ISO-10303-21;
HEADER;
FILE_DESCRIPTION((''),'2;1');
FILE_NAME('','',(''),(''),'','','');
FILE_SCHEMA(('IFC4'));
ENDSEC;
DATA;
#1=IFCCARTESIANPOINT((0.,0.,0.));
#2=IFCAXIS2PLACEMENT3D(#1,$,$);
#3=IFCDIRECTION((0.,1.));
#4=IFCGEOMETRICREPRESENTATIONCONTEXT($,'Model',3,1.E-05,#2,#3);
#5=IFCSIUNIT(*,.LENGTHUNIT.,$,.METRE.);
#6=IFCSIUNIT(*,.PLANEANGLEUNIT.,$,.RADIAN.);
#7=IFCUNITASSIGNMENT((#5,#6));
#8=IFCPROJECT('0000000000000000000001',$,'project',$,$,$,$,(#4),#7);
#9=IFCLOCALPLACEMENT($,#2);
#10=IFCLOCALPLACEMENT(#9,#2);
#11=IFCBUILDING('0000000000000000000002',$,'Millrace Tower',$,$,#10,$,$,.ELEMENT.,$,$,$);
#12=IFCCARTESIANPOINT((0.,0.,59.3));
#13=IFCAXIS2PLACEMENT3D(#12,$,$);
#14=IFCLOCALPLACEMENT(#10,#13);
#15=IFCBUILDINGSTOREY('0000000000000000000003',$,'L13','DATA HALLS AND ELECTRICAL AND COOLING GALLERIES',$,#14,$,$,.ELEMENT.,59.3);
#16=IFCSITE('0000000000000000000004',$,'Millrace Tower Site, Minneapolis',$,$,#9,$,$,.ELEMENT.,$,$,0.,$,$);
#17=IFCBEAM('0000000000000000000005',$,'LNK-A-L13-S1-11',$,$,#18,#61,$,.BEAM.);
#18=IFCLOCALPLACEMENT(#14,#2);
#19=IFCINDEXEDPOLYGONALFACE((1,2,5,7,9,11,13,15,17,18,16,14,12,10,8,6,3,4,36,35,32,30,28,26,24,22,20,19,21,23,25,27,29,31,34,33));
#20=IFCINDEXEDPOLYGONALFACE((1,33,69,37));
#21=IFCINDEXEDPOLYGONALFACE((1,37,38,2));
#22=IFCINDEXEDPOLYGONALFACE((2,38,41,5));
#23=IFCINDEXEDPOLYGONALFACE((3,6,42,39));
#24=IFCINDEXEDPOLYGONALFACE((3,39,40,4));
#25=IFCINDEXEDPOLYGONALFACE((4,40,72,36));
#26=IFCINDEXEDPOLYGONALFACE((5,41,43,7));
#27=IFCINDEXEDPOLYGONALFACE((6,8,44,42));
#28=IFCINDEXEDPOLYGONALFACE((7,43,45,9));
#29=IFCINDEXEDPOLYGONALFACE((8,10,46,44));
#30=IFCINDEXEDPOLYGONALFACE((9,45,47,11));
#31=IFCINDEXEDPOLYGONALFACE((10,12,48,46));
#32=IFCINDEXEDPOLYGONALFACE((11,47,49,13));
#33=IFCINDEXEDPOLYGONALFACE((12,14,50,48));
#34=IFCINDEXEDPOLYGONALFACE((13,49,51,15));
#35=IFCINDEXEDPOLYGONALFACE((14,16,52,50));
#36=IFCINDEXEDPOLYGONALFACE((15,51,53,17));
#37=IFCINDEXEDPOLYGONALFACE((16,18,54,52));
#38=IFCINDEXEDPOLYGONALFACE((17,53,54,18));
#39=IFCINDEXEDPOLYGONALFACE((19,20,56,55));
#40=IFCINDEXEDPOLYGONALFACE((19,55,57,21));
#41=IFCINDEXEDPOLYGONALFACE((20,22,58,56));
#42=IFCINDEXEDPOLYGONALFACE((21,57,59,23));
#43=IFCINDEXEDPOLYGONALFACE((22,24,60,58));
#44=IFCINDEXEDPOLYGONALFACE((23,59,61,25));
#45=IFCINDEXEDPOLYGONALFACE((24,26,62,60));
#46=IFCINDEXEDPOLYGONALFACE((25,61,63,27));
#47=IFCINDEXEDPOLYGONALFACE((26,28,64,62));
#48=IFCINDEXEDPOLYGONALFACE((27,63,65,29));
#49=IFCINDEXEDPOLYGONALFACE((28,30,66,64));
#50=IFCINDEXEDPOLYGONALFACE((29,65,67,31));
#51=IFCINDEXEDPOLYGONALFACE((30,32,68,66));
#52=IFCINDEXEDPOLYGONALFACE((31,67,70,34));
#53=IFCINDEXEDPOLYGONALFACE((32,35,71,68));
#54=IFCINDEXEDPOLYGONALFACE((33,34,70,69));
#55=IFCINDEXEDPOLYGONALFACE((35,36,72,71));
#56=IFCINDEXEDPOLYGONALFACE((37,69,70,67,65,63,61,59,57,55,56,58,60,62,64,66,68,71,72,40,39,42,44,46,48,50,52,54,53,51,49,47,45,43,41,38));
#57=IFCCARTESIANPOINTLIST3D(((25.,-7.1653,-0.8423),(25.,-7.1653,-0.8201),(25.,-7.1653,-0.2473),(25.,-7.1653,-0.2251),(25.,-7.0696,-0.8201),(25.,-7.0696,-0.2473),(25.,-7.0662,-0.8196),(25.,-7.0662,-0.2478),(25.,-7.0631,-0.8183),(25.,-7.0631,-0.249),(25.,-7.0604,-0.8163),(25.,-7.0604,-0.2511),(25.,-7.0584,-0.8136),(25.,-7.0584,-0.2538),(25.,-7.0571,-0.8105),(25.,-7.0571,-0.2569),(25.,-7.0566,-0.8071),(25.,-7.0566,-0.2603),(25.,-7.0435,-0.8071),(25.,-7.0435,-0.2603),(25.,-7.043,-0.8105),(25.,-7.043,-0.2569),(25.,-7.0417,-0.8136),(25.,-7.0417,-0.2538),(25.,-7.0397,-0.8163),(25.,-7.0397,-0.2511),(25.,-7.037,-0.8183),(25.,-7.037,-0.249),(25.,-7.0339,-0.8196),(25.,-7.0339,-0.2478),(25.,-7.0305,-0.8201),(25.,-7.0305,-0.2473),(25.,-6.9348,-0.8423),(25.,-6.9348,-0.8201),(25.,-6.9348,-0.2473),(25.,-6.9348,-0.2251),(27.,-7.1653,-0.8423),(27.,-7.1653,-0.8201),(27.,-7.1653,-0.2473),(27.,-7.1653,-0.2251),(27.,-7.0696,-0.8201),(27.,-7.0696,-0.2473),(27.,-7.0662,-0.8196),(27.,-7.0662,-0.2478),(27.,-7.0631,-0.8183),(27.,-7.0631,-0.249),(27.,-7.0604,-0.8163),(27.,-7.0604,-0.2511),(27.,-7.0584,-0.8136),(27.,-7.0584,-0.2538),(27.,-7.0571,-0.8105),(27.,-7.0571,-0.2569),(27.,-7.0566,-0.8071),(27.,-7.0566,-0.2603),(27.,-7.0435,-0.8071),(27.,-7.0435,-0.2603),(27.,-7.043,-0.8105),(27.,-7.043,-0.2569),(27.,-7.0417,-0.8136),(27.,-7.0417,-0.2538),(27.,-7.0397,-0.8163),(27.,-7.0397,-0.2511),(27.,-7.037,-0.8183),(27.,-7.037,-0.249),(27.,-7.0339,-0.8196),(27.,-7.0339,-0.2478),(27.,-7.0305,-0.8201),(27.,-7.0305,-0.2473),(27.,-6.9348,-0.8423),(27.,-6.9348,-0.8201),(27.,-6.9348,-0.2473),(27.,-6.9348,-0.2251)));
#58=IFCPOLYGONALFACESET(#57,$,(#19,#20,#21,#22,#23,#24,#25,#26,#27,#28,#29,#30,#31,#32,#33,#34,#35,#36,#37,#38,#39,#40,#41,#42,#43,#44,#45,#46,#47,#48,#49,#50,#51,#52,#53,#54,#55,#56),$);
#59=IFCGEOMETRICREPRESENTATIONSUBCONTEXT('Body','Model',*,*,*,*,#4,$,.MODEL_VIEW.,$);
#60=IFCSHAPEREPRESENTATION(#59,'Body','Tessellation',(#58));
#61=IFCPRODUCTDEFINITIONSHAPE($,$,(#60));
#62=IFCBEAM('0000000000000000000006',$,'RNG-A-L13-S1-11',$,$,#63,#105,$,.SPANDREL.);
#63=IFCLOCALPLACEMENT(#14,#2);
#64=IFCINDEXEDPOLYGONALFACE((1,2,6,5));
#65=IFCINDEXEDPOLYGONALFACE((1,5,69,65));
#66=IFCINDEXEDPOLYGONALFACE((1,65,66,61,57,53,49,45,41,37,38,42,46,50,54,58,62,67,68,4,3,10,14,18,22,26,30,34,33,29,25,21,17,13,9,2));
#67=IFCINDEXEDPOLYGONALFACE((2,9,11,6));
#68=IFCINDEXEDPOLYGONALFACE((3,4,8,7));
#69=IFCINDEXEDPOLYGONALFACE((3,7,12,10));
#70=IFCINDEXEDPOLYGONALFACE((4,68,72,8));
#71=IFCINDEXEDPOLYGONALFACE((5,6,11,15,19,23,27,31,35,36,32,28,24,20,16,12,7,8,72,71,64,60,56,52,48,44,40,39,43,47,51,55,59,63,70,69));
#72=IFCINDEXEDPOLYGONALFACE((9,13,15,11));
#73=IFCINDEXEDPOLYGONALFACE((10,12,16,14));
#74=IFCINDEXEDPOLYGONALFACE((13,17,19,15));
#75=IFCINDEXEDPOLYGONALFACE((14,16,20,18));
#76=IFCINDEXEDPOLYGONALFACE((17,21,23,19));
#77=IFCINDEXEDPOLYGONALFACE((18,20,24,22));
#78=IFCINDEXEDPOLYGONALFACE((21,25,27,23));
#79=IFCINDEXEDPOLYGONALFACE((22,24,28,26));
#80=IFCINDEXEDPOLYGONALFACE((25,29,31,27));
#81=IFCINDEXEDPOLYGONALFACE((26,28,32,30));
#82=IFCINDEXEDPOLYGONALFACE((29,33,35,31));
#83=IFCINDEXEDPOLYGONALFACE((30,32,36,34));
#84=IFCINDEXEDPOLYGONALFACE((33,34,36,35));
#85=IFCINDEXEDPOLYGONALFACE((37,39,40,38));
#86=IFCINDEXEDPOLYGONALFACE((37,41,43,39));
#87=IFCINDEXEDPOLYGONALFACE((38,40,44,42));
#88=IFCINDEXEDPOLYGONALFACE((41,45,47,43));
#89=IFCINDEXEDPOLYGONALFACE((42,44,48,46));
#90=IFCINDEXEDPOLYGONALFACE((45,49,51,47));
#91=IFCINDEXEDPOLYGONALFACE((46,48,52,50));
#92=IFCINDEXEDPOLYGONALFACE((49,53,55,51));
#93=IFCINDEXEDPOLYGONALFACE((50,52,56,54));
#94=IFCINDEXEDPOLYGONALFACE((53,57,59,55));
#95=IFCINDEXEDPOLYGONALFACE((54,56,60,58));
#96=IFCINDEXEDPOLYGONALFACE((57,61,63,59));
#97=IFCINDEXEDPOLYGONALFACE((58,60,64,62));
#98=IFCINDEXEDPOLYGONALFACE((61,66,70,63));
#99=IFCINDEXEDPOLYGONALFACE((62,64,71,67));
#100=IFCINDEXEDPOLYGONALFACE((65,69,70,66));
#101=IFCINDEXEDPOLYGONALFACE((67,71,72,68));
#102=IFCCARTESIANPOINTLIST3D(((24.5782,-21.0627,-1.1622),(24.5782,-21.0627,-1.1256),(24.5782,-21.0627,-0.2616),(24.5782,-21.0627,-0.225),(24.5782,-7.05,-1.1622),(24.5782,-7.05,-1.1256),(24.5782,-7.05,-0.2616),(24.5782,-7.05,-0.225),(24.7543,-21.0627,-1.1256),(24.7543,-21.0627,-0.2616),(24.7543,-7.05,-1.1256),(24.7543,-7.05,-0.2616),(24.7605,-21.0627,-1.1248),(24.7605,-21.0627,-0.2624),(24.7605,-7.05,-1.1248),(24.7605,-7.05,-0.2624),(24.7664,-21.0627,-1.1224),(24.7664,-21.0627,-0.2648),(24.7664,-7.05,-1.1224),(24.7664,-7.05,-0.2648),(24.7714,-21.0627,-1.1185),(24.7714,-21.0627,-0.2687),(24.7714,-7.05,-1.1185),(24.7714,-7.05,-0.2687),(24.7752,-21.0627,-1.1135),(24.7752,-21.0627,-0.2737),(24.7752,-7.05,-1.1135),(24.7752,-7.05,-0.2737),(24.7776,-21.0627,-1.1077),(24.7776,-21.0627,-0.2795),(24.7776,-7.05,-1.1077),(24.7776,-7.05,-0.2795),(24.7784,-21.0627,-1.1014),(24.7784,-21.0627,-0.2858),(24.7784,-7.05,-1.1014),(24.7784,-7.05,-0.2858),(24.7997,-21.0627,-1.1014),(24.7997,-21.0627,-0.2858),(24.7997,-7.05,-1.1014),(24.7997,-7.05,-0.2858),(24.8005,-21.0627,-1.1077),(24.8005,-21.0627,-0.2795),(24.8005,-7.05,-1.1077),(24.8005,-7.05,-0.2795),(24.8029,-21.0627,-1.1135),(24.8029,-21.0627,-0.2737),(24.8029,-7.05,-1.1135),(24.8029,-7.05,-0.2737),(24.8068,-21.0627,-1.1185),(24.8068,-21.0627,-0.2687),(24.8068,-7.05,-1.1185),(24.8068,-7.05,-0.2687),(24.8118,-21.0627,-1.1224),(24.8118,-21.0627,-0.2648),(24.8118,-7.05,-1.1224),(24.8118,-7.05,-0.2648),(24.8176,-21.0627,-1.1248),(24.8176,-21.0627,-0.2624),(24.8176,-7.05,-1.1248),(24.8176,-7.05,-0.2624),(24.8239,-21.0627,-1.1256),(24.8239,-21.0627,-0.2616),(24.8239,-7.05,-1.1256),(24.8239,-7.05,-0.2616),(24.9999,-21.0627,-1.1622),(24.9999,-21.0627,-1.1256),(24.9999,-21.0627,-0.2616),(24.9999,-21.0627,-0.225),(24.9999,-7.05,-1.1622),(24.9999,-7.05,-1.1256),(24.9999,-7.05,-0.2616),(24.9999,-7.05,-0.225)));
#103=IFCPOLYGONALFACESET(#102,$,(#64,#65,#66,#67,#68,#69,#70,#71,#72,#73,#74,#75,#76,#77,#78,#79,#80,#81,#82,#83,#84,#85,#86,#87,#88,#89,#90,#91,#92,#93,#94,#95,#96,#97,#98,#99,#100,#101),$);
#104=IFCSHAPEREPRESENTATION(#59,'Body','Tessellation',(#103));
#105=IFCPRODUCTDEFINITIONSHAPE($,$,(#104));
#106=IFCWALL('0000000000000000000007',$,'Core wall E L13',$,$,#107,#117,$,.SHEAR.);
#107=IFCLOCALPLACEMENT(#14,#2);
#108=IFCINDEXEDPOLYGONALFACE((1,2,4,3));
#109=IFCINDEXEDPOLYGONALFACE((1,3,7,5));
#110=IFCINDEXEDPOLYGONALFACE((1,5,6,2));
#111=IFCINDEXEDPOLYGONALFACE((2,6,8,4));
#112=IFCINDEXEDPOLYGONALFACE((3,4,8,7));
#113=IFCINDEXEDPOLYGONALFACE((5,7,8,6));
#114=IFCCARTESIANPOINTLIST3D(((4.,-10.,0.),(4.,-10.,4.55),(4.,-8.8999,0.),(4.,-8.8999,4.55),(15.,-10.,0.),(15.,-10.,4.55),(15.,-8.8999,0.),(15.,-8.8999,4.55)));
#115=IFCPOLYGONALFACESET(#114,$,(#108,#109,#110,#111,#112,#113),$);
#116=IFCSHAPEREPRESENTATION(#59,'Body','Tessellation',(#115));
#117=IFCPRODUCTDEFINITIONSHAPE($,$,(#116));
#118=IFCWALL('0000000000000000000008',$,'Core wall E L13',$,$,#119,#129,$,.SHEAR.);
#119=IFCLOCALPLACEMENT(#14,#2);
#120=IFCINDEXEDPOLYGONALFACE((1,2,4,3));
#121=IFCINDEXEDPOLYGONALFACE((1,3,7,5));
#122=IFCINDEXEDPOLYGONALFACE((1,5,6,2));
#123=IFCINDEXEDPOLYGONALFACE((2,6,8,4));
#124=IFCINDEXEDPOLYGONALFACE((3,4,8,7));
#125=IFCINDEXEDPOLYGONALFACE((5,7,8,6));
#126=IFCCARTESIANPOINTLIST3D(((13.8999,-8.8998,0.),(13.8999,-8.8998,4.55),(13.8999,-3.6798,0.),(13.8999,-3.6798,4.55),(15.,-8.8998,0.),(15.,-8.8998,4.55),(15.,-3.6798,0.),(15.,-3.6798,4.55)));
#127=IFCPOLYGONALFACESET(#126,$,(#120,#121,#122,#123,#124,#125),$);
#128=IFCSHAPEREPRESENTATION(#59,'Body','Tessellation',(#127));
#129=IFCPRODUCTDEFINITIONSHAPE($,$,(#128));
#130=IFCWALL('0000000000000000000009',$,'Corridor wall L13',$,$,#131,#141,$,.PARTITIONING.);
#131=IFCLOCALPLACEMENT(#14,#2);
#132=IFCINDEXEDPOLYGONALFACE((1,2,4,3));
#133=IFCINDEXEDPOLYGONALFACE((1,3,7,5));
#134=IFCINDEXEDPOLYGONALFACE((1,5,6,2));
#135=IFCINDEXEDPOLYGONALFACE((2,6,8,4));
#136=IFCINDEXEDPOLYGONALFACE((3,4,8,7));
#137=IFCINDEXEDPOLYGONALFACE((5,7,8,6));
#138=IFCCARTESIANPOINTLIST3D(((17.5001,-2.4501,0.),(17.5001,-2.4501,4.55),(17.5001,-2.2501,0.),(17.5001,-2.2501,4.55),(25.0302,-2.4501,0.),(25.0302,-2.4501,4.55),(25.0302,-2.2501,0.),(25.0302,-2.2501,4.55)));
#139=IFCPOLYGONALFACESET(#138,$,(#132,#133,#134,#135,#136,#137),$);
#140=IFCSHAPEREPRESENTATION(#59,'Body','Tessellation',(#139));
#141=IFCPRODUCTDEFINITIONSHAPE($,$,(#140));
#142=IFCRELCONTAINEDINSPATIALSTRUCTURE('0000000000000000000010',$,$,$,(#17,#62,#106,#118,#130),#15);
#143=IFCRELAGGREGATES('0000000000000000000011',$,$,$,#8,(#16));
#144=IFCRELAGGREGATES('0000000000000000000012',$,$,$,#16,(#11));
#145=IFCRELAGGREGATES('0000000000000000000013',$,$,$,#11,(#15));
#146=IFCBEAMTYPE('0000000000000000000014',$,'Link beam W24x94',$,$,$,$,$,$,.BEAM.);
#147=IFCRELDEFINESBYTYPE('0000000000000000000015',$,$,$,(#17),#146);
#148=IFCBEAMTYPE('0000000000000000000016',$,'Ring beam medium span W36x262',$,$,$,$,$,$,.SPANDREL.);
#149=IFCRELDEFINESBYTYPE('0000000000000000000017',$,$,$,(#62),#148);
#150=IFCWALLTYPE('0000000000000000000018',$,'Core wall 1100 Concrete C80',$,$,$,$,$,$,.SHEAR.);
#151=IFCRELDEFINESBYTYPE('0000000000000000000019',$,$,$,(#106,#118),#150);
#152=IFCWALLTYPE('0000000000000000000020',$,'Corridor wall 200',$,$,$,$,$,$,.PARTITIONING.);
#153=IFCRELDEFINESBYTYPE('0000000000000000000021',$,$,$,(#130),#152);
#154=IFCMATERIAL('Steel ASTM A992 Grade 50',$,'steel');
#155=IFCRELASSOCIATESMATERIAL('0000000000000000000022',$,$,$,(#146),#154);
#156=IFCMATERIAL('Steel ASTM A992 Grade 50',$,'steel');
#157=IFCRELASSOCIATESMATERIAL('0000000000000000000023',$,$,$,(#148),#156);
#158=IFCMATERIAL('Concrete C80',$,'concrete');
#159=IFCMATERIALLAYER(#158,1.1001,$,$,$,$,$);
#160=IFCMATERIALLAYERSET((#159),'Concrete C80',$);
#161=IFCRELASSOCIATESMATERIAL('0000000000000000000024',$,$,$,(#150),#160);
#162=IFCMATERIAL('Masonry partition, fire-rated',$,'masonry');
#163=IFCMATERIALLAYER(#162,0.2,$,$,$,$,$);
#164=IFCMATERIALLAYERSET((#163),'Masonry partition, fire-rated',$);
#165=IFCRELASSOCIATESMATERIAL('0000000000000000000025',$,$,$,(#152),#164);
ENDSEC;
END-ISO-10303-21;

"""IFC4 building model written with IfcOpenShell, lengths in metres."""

from ifc_helpers import new_model, si_unit, direction, frame, frame_2d, origin, origin_2d, place, context, subcontext, project, spatial, rectangle, i_section, extrude, material, layer, layer_set, material_profile, profile_set, type_object, element, save


model = new_model("IFC4")

# Units and contexts
model_context = context("Model", 3, precision=1e-05, world=origin(), true_north=direction((0.0, 1.0)))
body_context = subcontext(model_context, "Body", "Model", "MODEL_VIEW")
ifc_project = project(units=[si_unit("LENGTHUNIT", "METRE"), si_unit("PLANEANGLEUNIT", "RADIAN")], contexts=[model_context])

# Site, building, storey
site_placement = place(None, origin())
site = spatial("IfcSite", under=ifc_project, at=site_placement, Name="Millrace Tower Site, Minneapolis", CompositionType="ELEMENT", RefElevation=0.0)
building_placement = place(site_placement, origin())
building = spatial("IfcBuilding", under=site, at=building_placement, Name="Millrace Tower", CompositionType="ELEMENT")
storey_placement = place(building_placement, frame((0.0, 0.0, 59.3)))
storey = spatial("IfcBuildingStorey", under=building, at=storey_placement, Name="L13", Description="DATA HALLS AND ELECTRICAL AND COOLING GALLERIES", CompositionType="ELEMENT", Elevation=59.3)

# Beams
ifc_material_1 = material(Name="Steel ASTM A992 Grade 50", Category="steel")
ifc_material_profile_1 = material_profile(ifc_material_1, i_section(OverallWidth=0.2305, OverallDepth=0.6172, WebThickness=0.0132, FlangeThickness=0.0222, FilletRadius=0.0129, at=origin_2d()))
ifc_profile_set_1 = profile_set([ifc_material_profile_1], Name="Steel ASTM A992 Grade 50")
beam_type_1 = type_object("IfcBeamType", Name="Link beam W24x94", PredefinedType="BEAM", material=ifc_profile_set_1)
beam_1_placement = place(storey_placement, frame((25.0, -7.05, -0.5337), z_axis=(1.0, 0.0, 0.0), x_axis=(0.0, 1.0, 0.0)))
element("IfcBeam", 1, at=beam_1_placement, inside=storey, type_object=beam_type_1, Name="LNK-A-L13-S1-11", PredefinedType="BEAM", context=body_context, shape_type="SweptSolid", body=[
    extrude(i_section(OverallWidth=0.2305, OverallDepth=0.6172, WebThickness=0.0132, FlangeThickness=0.0222, FilletRadius=0.0129, at=origin_2d()), origin(), (0.0, 0.0, 1.0), 2.0),
])
ifc_material_2 = material(Name="Steel ASTM A992 Grade 50", Category="steel")
ifc_material_profile_2 = material_profile(ifc_material_2, i_section(OverallWidth=0.4216, OverallDepth=0.9373, WebThickness=0.0212, FlangeThickness=0.0366, FilletRadius=0.0242, at=origin_2d()))
ifc_profile_set_2 = profile_set([ifc_material_profile_2], Name="Steel ASTM A992 Grade 50")
beam_type_2 = type_object("IfcBeamType", Name="Ring beam medium span W36x262", PredefinedType="SPANDREL", material=ifc_profile_set_2)
beam_2_placement = place(storey_placement, frame((24.7891, -7.05, -0.6936), z_axis=(0.0, -1.0, 0.0), x_axis=(1.0, 0.0, 0.0)))
element("IfcBeam", 2, at=beam_2_placement, inside=storey, type_object=beam_type_2, Name="RNG-A-L13-S1-11", PredefinedType="SPANDREL", context=body_context, shape_type="SweptSolid", body=[
    extrude(i_section(OverallWidth=0.4216, OverallDepth=0.9373, WebThickness=0.0212, FlangeThickness=0.0366, FilletRadius=0.0242, at=origin_2d()), origin(), (0.0, 0.0, 1.0), 14.0127),
])

# Walls
ifc_material_3 = material(Name="Concrete C80", Category="concrete")
ifc_layer_1 = layer(ifc_material_3, 1.1001)
ifc_layer_set_1 = layer_set([ifc_layer_1], Name="Concrete C80")
wall_type_1 = type_object("IfcWallType", Name="Core wall 1100 Concrete C80", PredefinedType="SHEAR", material=ifc_layer_set_1)
wall_1_placement = place(storey_placement, frame((15.0, -9.45, 0.0), z_axis=(0.0, 0.0, 1.0), x_axis=(-1.0, 0.0, 0.0)))
element("IfcWall", 3, at=wall_1_placement, inside=storey, type_object=wall_type_1, Name="Core wall E L13", PredefinedType="SHEAR", context=body_context, shape_type="SweptSolid", body=[
    extrude(rectangle(XDim=11.0, YDim=1.1001, at=frame_2d((5.5, 0.0))), origin(), (0.0, 0.0, 1.0), 4.55),
])
wall_2_placement = place(storey_placement, frame((14.45, -3.6799, 0.0), z_axis=(0.0, 0.0, 1.0), x_axis=(0.0, -1.0, 0.0)))
element("IfcWall", 4, at=wall_2_placement, inside=storey, type_object=wall_type_1, Name="Core wall E L13", PredefinedType="SHEAR", context=body_context, shape_type="SweptSolid", body=[
    extrude(rectangle(XDim=5.22, YDim=1.1001, at=frame_2d((2.6099, 0.0))), origin(), (0.0, 0.0, 1.0), 4.55),
])
ifc_material_4 = material(Name="Masonry partition, fire-rated", Category="masonry")
ifc_layer_2 = layer(ifc_material_4, 0.2)
ifc_layer_set_2 = layer_set([ifc_layer_2], Name="Masonry partition, fire-rated")
wall_type_2 = type_object("IfcWallType", Name="Corridor wall 200", PredefinedType="PARTITIONING", material=ifc_layer_set_2)
wall_3_placement = place(storey_placement, frame((17.5, -2.3501, 0.0), z_axis=(0.0, 0.0, 1.0), x_axis=(1.0, 0.0, 0.0)))
element("IfcWall", 5, at=wall_3_placement, inside=storey, type_object=wall_type_2, Name="Corridor wall L13", PredefinedType="PARTITIONING", context=body_context, shape_type="SweptSolid", body=[
    extrude(rectangle(XDim=7.53, YDim=0.2, at=frame_2d((3.7651, 0.0))), origin(), (0.0, 0.0, 1.0), 4.55),
])

save(model, "model.ifc")
